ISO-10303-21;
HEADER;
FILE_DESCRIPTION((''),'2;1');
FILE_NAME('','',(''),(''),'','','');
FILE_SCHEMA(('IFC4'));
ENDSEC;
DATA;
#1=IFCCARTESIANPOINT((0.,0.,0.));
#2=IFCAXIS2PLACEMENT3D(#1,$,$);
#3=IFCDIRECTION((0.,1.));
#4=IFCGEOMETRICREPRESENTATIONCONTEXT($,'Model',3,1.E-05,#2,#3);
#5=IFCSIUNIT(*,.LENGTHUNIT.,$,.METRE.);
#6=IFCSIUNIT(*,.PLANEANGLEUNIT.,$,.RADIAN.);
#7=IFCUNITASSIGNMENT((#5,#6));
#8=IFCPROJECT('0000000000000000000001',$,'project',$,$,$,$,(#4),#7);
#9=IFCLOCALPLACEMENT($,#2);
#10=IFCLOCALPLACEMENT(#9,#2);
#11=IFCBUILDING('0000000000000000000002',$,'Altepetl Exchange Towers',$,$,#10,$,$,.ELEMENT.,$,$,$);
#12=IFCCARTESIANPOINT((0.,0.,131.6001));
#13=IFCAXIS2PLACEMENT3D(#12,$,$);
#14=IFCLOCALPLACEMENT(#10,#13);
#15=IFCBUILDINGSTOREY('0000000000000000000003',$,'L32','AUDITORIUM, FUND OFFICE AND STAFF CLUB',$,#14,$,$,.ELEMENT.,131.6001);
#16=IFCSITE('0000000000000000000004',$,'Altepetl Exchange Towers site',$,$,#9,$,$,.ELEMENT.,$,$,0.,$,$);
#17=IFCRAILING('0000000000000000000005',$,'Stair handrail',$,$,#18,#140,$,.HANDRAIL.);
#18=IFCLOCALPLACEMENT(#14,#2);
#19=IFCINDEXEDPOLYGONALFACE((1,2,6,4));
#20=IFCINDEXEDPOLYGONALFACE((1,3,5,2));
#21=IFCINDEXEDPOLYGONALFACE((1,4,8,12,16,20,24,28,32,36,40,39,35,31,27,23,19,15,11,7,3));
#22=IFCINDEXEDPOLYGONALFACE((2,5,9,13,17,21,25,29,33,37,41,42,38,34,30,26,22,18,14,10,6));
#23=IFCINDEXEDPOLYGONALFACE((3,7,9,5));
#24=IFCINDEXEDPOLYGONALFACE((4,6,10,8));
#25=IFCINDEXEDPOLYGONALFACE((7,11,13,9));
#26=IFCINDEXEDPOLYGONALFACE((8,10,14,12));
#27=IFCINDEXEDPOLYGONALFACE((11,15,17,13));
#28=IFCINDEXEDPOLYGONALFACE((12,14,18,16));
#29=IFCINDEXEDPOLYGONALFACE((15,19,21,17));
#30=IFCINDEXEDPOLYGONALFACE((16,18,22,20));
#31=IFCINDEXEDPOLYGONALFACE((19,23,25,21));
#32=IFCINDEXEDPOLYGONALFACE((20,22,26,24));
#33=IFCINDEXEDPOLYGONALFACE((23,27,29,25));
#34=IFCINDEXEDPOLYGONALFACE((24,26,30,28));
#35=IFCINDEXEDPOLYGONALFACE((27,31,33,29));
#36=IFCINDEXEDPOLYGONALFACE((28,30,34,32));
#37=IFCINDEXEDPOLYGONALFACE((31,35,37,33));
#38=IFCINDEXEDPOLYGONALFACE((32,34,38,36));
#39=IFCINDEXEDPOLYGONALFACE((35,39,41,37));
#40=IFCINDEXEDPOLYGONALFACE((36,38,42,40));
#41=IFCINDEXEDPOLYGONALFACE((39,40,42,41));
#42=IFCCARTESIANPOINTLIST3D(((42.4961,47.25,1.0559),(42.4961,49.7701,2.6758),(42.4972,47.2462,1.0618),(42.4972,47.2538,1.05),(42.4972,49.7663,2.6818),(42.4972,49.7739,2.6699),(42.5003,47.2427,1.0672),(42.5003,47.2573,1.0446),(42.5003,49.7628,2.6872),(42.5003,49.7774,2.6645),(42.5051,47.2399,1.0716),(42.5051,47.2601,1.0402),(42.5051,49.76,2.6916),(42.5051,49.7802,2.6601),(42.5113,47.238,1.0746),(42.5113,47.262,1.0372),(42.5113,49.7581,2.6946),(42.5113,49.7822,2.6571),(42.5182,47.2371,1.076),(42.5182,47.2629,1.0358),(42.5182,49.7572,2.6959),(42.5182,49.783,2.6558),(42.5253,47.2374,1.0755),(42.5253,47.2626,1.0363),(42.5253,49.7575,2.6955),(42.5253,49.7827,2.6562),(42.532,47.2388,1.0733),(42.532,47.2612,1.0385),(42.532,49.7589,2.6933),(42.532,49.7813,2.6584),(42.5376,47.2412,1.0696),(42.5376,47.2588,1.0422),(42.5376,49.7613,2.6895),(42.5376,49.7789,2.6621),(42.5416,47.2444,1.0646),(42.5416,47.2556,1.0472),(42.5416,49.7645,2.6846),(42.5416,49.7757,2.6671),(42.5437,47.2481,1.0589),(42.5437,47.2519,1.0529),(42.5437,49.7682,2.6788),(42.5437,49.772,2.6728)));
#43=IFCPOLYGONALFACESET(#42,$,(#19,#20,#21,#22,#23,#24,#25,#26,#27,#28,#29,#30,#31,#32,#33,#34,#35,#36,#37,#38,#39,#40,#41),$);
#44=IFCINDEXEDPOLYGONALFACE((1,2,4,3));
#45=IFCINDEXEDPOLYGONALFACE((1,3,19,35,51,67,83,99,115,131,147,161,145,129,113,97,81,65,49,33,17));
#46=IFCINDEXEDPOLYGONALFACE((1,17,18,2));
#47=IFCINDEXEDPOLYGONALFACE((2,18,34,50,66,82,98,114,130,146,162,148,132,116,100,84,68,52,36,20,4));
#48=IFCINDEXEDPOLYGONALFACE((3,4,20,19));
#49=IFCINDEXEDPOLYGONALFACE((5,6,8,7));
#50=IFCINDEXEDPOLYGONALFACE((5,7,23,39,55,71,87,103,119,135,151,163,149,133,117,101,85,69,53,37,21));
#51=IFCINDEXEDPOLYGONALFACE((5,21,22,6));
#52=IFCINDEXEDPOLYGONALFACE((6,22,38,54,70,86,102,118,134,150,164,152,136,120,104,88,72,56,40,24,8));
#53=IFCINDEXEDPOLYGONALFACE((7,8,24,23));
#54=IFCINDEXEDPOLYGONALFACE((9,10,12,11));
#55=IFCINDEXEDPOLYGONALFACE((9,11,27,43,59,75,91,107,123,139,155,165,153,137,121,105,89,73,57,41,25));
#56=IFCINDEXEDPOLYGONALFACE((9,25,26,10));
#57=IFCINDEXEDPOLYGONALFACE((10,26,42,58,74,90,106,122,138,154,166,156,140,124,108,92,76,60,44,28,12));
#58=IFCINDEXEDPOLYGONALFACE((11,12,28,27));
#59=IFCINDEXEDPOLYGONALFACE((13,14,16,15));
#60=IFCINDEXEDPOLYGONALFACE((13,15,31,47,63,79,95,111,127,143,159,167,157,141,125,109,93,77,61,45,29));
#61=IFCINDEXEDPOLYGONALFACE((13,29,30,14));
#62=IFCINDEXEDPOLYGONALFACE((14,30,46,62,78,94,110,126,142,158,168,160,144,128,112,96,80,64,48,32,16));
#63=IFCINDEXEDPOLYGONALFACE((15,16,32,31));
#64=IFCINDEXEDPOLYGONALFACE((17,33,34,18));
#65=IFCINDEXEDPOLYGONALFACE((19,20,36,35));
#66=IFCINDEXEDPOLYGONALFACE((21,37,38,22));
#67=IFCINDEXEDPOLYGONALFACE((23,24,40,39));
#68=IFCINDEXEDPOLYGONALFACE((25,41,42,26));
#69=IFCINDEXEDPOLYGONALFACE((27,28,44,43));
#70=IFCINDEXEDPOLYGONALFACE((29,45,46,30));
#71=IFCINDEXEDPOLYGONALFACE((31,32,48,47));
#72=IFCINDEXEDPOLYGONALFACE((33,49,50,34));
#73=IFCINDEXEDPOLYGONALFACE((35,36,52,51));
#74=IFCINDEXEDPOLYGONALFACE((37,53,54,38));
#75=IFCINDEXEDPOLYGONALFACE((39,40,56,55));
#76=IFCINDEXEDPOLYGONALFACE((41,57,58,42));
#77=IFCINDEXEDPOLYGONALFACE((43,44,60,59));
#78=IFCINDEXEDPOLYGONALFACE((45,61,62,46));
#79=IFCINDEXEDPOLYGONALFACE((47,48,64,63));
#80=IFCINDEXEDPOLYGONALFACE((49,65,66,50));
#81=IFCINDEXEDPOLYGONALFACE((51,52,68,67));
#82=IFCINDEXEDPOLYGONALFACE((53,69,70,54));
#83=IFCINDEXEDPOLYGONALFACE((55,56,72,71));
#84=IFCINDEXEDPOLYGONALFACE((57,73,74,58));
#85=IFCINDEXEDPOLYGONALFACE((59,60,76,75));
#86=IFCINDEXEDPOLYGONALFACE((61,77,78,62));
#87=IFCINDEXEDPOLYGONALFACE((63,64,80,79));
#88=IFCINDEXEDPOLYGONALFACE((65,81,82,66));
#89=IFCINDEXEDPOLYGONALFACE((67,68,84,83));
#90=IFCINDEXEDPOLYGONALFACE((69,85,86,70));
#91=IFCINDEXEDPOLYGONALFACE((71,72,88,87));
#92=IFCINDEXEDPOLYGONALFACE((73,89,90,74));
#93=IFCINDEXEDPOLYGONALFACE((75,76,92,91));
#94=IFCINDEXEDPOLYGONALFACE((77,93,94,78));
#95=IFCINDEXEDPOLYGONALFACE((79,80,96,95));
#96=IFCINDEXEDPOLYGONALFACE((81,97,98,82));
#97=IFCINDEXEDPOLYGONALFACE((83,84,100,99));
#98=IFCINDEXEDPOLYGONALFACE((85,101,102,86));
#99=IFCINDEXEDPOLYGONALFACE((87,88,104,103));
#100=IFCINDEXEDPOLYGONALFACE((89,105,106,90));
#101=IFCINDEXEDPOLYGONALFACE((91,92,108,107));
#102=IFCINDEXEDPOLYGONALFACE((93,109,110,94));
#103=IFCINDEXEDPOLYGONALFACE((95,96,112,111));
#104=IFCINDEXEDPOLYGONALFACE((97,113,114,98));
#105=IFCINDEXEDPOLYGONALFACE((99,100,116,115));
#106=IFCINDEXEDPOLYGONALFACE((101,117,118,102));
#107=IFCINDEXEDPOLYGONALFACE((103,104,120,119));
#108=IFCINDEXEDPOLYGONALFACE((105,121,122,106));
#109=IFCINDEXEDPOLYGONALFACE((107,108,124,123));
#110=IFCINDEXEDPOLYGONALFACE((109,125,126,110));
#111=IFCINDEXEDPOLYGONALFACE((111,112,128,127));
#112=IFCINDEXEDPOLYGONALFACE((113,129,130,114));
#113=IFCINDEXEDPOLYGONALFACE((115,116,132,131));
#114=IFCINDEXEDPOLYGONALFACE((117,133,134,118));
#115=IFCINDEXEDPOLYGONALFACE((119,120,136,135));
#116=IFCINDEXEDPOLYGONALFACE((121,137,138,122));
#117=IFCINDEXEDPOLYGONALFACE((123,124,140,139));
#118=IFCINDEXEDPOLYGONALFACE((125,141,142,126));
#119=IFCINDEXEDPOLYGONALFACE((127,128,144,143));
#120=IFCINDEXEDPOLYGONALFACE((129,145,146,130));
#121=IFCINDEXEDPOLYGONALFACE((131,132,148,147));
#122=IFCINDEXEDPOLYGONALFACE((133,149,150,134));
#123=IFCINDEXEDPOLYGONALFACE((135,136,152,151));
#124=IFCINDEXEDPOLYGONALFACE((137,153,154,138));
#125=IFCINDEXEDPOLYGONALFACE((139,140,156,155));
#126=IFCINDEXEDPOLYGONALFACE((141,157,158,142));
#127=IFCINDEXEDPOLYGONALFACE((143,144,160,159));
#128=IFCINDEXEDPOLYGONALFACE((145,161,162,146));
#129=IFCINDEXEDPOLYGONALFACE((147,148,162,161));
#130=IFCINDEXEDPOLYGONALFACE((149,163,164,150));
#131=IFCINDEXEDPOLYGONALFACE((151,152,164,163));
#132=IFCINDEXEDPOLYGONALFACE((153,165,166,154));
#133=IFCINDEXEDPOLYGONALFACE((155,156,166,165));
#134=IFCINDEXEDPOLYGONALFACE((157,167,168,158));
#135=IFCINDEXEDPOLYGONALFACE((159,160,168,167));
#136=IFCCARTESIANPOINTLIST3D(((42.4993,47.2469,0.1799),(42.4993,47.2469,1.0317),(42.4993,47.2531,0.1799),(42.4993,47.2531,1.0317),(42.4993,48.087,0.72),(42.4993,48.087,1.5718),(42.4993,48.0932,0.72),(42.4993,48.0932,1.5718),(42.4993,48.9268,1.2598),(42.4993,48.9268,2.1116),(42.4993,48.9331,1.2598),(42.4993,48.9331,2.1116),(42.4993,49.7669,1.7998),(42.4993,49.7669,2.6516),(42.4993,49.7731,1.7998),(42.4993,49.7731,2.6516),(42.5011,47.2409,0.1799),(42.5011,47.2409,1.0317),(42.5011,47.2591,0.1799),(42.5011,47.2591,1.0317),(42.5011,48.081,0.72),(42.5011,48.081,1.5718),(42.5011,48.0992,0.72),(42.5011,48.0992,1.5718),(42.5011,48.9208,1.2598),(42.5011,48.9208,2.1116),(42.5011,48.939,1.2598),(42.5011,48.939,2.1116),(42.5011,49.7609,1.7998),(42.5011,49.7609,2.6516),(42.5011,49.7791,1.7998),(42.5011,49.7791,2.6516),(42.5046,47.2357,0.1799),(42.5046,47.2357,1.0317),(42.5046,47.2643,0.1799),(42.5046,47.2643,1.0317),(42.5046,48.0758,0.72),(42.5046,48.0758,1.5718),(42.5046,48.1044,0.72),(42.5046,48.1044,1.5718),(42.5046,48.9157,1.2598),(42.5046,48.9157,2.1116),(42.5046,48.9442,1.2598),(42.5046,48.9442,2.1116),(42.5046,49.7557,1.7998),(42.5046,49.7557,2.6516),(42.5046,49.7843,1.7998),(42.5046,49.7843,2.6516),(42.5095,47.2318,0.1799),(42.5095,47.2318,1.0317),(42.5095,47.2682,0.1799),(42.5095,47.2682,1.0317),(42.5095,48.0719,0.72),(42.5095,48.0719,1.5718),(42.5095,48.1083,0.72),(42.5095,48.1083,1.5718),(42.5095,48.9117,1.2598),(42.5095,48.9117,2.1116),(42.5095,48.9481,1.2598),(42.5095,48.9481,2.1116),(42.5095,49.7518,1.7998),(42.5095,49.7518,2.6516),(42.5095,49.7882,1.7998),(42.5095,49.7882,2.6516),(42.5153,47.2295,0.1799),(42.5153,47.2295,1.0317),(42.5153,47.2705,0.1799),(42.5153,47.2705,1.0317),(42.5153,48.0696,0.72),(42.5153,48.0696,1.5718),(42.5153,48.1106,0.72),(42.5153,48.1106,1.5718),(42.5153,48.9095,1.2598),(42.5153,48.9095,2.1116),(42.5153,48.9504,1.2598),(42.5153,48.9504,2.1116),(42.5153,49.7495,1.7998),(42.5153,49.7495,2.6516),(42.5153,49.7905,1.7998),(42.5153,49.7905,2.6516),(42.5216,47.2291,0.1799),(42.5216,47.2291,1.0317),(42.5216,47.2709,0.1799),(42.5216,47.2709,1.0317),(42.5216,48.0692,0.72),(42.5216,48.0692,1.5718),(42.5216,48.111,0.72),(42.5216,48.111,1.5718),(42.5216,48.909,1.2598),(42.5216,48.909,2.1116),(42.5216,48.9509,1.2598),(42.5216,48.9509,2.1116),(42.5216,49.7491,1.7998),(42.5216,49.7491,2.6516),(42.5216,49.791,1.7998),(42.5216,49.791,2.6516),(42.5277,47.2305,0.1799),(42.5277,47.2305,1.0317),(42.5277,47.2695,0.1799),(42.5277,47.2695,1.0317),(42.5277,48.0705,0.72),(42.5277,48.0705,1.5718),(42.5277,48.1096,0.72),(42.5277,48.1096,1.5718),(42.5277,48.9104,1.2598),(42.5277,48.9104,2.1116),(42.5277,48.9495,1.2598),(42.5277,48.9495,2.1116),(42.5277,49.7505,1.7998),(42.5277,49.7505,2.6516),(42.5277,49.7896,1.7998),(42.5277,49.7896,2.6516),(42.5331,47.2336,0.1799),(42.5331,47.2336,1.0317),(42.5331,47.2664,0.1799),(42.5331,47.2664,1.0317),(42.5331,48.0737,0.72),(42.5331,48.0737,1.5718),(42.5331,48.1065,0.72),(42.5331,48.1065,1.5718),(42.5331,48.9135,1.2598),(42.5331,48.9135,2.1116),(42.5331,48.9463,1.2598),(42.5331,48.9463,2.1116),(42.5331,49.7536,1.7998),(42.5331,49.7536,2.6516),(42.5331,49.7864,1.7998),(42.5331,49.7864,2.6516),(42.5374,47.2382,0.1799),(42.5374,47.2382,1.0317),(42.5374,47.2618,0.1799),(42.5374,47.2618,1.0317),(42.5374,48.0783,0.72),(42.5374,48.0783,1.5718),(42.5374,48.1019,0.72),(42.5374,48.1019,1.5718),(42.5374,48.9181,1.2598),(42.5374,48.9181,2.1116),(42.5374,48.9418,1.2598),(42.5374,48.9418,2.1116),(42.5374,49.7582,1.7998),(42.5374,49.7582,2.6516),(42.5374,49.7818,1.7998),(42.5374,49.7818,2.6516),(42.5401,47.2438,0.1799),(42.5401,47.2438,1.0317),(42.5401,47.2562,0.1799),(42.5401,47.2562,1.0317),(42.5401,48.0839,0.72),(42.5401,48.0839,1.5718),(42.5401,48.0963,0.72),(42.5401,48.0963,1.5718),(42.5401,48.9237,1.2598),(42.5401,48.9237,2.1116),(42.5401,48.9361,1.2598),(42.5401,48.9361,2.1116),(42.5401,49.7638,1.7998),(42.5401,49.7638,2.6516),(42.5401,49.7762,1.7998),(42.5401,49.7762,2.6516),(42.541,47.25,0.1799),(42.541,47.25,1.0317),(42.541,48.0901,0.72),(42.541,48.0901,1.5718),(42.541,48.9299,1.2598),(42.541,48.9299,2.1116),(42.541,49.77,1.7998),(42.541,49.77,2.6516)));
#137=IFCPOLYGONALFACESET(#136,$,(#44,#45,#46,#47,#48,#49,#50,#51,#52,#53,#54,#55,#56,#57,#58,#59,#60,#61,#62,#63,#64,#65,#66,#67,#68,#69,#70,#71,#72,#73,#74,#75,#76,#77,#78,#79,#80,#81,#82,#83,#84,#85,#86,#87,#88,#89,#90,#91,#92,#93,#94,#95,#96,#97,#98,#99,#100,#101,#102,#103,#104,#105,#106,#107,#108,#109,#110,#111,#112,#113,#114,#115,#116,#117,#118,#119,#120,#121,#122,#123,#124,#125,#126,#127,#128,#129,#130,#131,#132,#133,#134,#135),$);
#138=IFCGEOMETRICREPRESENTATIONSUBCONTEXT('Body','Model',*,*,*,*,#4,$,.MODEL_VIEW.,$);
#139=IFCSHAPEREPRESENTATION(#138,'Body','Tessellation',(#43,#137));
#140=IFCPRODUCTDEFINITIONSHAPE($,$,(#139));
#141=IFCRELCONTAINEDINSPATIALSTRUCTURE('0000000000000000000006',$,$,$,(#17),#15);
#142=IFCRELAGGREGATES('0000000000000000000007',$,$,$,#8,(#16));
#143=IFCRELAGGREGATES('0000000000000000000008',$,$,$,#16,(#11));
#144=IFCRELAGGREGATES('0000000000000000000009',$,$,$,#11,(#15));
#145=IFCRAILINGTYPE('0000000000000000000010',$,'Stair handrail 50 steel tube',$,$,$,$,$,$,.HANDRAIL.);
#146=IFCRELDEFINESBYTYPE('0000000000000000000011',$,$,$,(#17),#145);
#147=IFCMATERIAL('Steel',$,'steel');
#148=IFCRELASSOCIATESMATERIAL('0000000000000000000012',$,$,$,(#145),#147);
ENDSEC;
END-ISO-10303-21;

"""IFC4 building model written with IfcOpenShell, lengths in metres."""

from ifc_helpers import new_model, si_unit, direction, frame, origin, origin_2d, place, context, subcontext, project, spatial, circle, extrude, source, transform, mapped, material, type_object, element, save


model = new_model("IFC4")

# Units and contexts
model_context = context("Model", 3, precision=1e-05, world=origin(), true_north=direction((0.0, 1.0)))
body_context = subcontext(model_context, "Body", "Model", "MODEL_VIEW")
ifc_project = project(units=[si_unit("LENGTHUNIT", "METRE"), si_unit("PLANEANGLEUNIT", "RADIAN")], contexts=[model_context])

# Site, building, storey
site_placement = place(None, origin())
site = spatial("IfcSite", under=ifc_project, at=site_placement, Name="Altepetl Exchange Towers site", CompositionType="ELEMENT", RefElevation=0.0)
building_placement = place(site_placement, origin())
building = spatial("IfcBuilding", under=site, at=building_placement, Name="Altepetl Exchange Towers", CompositionType="ELEMENT")
storey_placement = place(building_placement, frame((0.0, 0.0, 131.6001)))
storey = spatial("IfcBuildingStorey", under=building, at=storey_placement, Name="L32", Description="AUDITORIUM, FUND OFFICE AND STAFF CLUB", CompositionType="ELEMENT", Elevation=131.6001)

# Railing
ifc_material_1 = material(Name="Steel", Category="steel")
railing_type = type_object("IfcRailingType", Name="Stair handrail 50 steel tube", PredefinedType="HANDRAIL", material=ifc_material_1)
shared_shape = source(origin(), body_context, "Body", "SweptSolid", [
    extrude(circle(Radius=0.021, at=origin_2d()), origin(), (0.0, 0.0, 1.0), 0.8518),
])
railing_1_placement = place(storey_placement, frame((42.52, 47.25, 0.1799)))
element("IfcRailing", 1, at=railing_1_placement, inside=storey, type_object=railing_type, Name="Stair handrail", PredefinedType="HANDRAIL", context=body_context, shape_type="SweptSolid", body=[
    extrude(circle(Radius=0.0239, at=origin_2d()), frame((0.0, 0.0, 0.876), z_axis=(0.0, 0.8412, 0.540725), x_axis=(-1.0, 0.0, 0.0)), (0.0, 0.0, 1.0), 2.9958),
    mapped(shared_shape, transform((0.0, 0.0, 0.0))),
    mapped(shared_shape, transform((0.0, 0.8401, 0.54))),
    mapped(shared_shape, transform((0.0, 1.6799, 1.0798))),
    mapped(shared_shape, transform((0.0, 2.52, 1.6199))),
])

save(model, "model.ifc")
